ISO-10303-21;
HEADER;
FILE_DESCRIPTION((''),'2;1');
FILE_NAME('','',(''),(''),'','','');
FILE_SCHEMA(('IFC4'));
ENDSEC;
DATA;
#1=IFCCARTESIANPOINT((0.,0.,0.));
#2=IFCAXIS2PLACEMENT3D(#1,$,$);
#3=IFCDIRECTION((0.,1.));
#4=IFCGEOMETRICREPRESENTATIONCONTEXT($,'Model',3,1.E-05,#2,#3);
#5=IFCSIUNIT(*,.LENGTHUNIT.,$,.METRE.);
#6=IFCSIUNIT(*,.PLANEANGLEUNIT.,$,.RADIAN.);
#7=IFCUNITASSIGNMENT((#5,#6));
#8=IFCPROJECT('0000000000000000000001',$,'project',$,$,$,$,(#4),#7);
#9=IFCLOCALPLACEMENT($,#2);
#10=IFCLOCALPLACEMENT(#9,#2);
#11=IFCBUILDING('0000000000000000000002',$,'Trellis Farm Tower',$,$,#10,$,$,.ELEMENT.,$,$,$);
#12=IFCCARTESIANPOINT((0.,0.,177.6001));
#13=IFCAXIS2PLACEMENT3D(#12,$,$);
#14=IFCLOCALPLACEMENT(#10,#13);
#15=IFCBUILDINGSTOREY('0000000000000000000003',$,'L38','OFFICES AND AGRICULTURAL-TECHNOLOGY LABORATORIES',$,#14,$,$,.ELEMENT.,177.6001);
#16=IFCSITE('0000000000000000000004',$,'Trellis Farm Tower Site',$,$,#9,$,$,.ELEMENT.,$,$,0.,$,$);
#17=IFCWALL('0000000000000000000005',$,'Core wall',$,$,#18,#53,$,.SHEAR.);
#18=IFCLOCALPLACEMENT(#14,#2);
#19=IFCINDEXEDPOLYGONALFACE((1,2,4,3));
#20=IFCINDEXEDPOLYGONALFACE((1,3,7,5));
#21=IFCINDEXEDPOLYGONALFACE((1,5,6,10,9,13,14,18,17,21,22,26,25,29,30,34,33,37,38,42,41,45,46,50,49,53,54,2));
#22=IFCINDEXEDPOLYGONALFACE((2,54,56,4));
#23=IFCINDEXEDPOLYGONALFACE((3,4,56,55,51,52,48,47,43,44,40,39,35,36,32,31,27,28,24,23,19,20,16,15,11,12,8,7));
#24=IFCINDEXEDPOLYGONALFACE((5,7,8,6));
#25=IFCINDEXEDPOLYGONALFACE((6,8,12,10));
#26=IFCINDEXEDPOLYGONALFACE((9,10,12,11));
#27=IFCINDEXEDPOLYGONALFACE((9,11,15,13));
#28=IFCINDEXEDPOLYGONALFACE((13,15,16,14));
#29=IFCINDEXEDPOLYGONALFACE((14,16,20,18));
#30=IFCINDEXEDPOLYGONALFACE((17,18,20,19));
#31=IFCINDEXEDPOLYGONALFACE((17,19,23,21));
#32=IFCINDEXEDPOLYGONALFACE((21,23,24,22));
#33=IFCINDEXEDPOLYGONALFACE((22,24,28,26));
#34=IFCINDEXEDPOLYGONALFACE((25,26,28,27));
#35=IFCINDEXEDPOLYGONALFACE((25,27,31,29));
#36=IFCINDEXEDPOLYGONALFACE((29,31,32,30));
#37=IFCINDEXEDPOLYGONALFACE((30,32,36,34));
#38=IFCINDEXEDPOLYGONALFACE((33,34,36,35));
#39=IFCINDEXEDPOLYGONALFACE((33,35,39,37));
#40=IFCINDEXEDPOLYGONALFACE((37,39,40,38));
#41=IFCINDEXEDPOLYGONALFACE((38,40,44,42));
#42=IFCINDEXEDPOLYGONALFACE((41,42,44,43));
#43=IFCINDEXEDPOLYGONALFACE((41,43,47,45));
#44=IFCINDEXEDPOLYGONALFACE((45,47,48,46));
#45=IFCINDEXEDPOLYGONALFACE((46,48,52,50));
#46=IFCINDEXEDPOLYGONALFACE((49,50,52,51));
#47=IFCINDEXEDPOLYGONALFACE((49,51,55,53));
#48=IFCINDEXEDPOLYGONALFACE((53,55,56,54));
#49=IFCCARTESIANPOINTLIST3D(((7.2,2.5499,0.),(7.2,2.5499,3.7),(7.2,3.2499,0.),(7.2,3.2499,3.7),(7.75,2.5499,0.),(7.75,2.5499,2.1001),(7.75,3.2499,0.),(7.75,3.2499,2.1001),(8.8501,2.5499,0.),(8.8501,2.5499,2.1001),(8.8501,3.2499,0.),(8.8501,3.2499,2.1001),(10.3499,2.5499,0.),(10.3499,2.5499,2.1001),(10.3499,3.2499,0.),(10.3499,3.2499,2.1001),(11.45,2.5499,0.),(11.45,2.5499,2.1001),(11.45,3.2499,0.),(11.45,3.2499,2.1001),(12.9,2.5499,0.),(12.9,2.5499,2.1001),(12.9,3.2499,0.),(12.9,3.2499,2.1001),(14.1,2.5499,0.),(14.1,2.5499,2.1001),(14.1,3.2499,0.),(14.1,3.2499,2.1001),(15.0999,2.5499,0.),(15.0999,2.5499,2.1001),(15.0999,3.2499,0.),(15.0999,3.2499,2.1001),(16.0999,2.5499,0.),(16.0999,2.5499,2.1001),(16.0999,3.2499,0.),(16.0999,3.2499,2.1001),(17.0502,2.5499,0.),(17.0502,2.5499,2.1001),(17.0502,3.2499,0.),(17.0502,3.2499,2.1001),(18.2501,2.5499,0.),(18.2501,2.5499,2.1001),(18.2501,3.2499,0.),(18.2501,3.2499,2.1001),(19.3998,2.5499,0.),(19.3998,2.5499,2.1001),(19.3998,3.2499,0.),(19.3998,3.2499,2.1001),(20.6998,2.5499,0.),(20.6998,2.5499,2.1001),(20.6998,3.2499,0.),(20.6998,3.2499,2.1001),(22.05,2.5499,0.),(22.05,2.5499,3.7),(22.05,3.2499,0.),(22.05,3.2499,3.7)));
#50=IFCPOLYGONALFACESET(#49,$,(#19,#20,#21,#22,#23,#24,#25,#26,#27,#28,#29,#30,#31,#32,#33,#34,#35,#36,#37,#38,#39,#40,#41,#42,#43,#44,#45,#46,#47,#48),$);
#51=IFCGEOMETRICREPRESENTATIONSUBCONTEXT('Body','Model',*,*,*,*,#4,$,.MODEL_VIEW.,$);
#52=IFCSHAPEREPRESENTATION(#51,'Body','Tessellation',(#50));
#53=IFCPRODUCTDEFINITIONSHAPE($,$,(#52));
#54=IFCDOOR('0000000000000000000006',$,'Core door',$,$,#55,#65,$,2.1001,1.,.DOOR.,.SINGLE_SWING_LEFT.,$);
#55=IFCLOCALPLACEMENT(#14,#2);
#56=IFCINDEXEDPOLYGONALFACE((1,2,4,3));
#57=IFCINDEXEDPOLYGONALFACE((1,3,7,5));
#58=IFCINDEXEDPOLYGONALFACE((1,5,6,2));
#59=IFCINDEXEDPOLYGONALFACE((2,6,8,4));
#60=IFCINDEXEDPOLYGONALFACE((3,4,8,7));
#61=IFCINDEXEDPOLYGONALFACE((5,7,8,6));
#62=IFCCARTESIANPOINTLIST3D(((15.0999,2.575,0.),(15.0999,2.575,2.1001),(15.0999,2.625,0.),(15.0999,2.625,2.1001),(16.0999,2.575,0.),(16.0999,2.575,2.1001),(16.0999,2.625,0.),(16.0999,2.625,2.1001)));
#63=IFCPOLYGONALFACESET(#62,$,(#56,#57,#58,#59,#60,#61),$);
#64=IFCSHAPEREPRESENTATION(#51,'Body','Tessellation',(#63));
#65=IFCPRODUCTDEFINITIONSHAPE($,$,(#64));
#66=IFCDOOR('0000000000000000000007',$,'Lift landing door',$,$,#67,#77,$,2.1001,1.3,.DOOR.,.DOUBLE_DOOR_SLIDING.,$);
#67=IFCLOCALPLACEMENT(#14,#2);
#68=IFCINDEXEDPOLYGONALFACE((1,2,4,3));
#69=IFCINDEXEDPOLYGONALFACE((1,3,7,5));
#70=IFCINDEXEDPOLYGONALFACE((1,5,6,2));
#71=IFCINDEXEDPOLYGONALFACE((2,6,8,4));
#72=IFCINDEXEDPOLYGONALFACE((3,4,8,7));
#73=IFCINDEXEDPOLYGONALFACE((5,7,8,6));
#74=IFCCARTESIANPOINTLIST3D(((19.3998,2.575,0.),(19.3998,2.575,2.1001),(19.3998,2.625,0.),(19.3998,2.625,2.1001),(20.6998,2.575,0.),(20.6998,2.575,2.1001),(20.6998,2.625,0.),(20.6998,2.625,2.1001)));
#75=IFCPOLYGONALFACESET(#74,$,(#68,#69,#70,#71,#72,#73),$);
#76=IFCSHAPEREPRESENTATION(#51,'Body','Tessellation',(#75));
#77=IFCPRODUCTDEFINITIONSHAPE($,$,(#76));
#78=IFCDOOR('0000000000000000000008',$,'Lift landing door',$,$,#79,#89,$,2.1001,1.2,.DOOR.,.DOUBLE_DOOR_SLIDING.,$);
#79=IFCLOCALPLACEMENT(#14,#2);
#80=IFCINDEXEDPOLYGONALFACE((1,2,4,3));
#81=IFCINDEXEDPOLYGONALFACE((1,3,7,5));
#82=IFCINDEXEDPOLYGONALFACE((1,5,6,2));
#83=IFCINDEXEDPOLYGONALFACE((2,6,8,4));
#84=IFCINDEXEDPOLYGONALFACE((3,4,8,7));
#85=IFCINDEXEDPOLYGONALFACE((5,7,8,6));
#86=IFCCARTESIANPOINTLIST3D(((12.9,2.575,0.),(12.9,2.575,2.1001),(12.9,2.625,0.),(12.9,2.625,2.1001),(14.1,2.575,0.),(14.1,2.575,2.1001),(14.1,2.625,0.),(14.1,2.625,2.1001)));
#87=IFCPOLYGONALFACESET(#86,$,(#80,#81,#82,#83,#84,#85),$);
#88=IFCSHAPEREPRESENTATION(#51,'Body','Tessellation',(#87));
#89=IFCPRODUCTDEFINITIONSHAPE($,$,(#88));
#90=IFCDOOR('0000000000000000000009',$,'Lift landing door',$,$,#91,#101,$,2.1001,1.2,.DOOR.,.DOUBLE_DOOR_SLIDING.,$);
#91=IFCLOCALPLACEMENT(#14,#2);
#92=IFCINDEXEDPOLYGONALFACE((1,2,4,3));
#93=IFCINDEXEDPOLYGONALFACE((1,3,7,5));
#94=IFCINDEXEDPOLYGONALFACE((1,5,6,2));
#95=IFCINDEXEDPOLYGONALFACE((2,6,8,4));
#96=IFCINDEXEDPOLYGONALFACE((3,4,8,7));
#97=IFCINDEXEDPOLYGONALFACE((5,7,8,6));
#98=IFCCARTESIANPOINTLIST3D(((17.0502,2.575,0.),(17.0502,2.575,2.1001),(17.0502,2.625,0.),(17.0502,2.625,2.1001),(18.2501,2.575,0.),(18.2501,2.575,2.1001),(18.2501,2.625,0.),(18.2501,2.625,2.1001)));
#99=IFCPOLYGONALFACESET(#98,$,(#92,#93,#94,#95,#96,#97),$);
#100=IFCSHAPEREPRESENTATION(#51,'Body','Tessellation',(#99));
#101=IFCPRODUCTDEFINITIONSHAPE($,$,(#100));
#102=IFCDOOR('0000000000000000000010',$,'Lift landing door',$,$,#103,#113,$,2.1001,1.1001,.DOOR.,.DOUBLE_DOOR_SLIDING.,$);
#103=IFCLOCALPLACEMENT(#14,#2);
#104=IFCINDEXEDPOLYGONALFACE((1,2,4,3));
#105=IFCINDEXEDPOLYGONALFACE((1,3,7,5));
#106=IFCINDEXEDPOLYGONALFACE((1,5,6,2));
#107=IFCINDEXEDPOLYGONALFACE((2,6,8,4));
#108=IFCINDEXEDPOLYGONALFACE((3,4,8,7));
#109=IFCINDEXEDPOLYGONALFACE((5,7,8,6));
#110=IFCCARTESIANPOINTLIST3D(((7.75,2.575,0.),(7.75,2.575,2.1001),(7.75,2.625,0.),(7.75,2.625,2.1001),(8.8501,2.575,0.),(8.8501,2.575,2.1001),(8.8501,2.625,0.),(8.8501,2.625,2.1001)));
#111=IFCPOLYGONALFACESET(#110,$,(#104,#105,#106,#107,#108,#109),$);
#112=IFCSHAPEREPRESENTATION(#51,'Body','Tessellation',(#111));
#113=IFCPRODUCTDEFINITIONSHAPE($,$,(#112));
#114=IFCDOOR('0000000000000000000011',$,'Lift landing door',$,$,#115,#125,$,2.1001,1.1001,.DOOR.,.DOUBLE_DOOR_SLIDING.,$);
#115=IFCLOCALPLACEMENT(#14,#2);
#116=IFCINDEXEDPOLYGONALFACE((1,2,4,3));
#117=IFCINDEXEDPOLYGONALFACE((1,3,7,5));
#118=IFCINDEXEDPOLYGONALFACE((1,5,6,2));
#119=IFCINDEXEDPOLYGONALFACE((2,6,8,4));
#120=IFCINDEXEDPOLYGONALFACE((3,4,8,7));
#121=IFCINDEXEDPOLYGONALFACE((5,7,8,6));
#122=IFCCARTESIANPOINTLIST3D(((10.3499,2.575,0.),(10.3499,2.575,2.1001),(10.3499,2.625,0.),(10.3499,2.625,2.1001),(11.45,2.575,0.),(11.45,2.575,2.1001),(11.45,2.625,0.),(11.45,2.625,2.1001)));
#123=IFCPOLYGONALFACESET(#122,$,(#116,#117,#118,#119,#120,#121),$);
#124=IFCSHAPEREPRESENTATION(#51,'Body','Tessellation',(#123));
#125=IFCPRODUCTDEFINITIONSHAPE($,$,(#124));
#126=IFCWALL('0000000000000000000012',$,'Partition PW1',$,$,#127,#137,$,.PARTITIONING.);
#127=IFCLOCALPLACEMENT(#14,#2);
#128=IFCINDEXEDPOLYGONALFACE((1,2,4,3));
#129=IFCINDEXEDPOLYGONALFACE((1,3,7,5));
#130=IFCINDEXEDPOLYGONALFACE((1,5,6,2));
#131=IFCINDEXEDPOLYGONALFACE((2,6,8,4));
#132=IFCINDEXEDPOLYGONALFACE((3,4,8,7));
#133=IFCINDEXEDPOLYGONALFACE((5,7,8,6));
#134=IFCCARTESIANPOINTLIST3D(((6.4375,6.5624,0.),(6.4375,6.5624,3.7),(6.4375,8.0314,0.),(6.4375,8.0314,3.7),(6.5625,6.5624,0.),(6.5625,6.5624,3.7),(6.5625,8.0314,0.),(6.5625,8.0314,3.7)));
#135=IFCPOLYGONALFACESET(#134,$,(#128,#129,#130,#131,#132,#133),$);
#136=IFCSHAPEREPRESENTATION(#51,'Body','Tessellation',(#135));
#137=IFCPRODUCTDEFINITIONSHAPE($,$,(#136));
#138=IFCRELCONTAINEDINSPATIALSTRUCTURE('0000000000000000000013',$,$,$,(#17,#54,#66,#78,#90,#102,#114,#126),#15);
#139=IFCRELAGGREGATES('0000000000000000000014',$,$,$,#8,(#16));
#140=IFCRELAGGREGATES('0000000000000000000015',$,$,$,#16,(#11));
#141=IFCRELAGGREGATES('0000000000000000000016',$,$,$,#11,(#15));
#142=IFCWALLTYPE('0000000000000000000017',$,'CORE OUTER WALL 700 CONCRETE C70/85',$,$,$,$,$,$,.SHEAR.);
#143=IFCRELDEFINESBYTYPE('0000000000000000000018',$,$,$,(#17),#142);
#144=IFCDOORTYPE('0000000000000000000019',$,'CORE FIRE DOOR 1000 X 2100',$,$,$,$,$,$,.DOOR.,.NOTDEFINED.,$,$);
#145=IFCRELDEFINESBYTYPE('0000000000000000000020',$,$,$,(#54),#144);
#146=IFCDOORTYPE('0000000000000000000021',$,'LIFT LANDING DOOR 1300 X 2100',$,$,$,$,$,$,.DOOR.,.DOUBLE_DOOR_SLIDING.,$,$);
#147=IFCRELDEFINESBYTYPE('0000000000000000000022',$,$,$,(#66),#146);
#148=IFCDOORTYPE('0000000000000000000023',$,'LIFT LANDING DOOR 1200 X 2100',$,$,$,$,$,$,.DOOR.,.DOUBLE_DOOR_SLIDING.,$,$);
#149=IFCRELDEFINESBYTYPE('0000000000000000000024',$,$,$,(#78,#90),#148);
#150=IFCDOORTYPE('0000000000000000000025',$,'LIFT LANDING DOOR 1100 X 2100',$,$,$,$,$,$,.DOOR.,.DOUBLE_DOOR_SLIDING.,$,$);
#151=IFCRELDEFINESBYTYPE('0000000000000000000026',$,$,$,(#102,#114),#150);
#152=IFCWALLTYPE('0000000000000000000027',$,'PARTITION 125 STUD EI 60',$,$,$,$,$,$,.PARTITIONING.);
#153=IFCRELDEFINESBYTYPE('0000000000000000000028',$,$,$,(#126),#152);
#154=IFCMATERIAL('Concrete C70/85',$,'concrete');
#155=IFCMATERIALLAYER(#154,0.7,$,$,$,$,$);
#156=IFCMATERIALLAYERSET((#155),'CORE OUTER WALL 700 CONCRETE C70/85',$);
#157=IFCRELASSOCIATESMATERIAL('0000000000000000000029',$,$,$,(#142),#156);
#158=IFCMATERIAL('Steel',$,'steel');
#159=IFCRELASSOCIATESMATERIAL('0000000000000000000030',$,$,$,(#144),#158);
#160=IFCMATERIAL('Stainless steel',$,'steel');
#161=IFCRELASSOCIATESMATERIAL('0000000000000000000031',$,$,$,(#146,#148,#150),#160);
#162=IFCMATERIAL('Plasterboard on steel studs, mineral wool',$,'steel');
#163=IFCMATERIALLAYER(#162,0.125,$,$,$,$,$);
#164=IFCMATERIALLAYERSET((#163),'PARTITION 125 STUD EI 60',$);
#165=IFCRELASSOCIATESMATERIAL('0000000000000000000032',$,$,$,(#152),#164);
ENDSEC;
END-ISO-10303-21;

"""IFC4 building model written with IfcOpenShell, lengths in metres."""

from ifc_helpers import new_model, si_unit, direction, frame, frame_2d, origin, place, context, subcontext, project, spatial, rectangle, extrude, source, transform, mapped, material, layer, layer_set, type_object, element, fill, save


model = new_model("IFC4")

# Units and contexts
model_context = context("Model", 3, precision=1e-05, world=origin(), true_north=direction((0.0, 1.0)))
body_context = subcontext(model_context, "Body", "Model", "MODEL_VIEW")
ifc_project = project(units=[si_unit("LENGTHUNIT", "METRE"), si_unit("PLANEANGLEUNIT", "RADIAN")], contexts=[model_context])

# Site, building, storey
site_placement = place(None, origin())
site = spatial("IfcSite", under=ifc_project, at=site_placement, Name="Trellis Farm Tower Site", CompositionType="ELEMENT", RefElevation=0.0)
building_placement = place(site_placement, origin())
building = spatial("IfcBuilding", under=site, at=building_placement, Name="Trellis Farm Tower", CompositionType="ELEMENT")
storey_placement = place(building_placement, frame((0.0, 0.0, 177.6001)))
storey = spatial("IfcBuildingStorey", under=building, at=storey_placement, Name="L38", Description="OFFICES AND AGRICULTURAL-TECHNOLOGY LABORATORIES", CompositionType="ELEMENT", Elevation=177.6001)

# Shared definitions
ifc_material_1 = material(Name="Concrete C70/85", Category="concrete")

# Wall, openings, doors
ifc_layer_1 = layer(ifc_material_1, 0.7)
ifc_layer_set_1 = layer_set([ifc_layer_1], Name="CORE OUTER WALL 700 CONCRETE C70/85")
wall_type_1 = type_object("IfcWallType", Name="CORE OUTER WALL 700 CONCRETE C70/85", PredefinedType="SHEAR", material=ifc_layer_set_1)
shared_shape_1 = source(origin(), body_context, "Body", "SweptSolid", [
    extrude(rectangle(XDim=14.8501, YDim=0.7, at=frame_2d((7.425, 0.0))), origin(), (0.0, 0.0, 1.0), 3.7),
])
wall_1_placement = place(storey_placement, frame((7.2, 2.8999, 0.0), z_axis=(0.0, 0.0, 1.0), x_axis=(1.0, 0.0, 0.0)))
wall_1 = element("IfcWall", 1, at=wall_1_placement, inside=storey, type_object=wall_type_1, Name="Core wall", PredefinedType="SHEAR", context=body_context, shape_type="MappedRepresentation", body=[
    mapped(shared_shape_1, transform((0.0, 0.0, 0.0))),
])
shared_shape_2 = source(origin(), body_context, "Body", "SweptSolid", [
    extrude(rectangle(XDim=1.1001, YDim=2.1001, at=frame_2d((0.55, 1.05))), frame((0.0, 0.3601, 0.0), z_axis=(0.0, -1.0, 0.0), x_axis=(1.0, 0.0, 0.0)), (0.0, 0.0, 1.0), 0.7202),
])
opening_1_placement = place(wall_1_placement, frame((0.55, 0.0, 0.0)))
opening_1 = element("IfcOpeningElement", 2, at=opening_1_placement, cuts=wall_1, PredefinedType="OPENING", context=body_context, shape_type="MappedRepresentation", body=[
    mapped(shared_shape_2, transform((0.0, 0.0, 0.0))),
])
opening_2_placement = place(wall_1_placement, frame((3.1499, 0.0, 0.0)))
opening_2 = element("IfcOpeningElement", 3, at=opening_2_placement, cuts=wall_1, PredefinedType="OPENING", context=body_context, shape_type="MappedRepresentation", body=[
    mapped(shared_shape_2, transform((0.0, 0.0, 0.0))),
])
shared_shape_3 = source(origin(), body_context, "Body", "SweptSolid", [
    extrude(rectangle(XDim=1.2, YDim=2.1001, at=frame_2d((0.6001, 1.05))), frame((0.0, 0.3601, 0.0), z_axis=(0.0, -1.0, 0.0), x_axis=(1.0, 0.0, 0.0)), (0.0, 0.0, 1.0), 0.7202),
])
opening_3_placement = place(wall_1_placement, frame((5.7, 0.0, 0.0)))
opening_3 = element("IfcOpeningElement", 4, at=opening_3_placement, cuts=wall_1, PredefinedType="OPENING", context=body_context, shape_type="MappedRepresentation", body=[
    mapped(shared_shape_3, transform((0.0, 0.0, 0.0))),
])
shared_shape_4 = source(origin(), body_context, "Body", "SweptSolid", [
    extrude(rectangle(XDim=1.3, YDim=2.1001, at=frame_2d((0.6499, 1.05))), frame((0.0, 0.3601, 0.0), z_axis=(0.0, -1.0, 0.0), x_axis=(1.0, 0.0, 0.0)), (0.0, 0.0, 1.0), 0.7202),
])
opening_4_placement = place(wall_1_placement, frame((12.2, 0.0, 0.0)))
opening_4 = element("IfcOpeningElement", 5, at=opening_4_placement, cuts=wall_1, PredefinedType="OPENING", context=body_context, shape_type="MappedRepresentation", body=[
    mapped(shared_shape_4, transform((0.0, 0.0, 0.0))),
])
opening_5_placement = place(wall_1_placement, frame((9.8501, 0.0, 0.0)))
opening_5 = element("IfcOpeningElement", 6, at=opening_5_placement, cuts=wall_1, PredefinedType="OPENING", context=body_context, shape_type="MappedRepresentation", body=[
    mapped(shared_shape_3, transform((0.0, 0.0, 0.0))),
])
shared_shape_5 = source(origin(), body_context, "Body", "SweptSolid", [
    extrude(rectangle(XDim=1.0, YDim=2.1001, at=frame_2d((0.5, 1.05))), frame((0.0, 0.3601, 0.0), z_axis=(0.0, -1.0, 0.0), x_axis=(1.0, 0.0, 0.0)), (0.0, 0.0, 1.0), 0.7202),
])
opening_6_placement = place(wall_1_placement, frame((7.8999, 0.0, 0.0)))
opening_6 = element("IfcOpeningElement", 7, at=opening_6_placement, cuts=wall_1, PredefinedType="OPENING", context=body_context, shape_type="MappedRepresentation", body=[
    mapped(shared_shape_5, transform((0.0, 0.0, 0.0))),
])
ifc_material_2 = material(Name="Steel", Category="steel")
door_type_1 = type_object("IfcDoorType", Name="CORE FIRE DOOR 1000 X 2100", OperationType="NOTDEFINED", PredefinedType="DOOR", material=ifc_material_2)
shared_shape_6 = source(origin(), body_context, "Body", "SweptSolid", [
    extrude(rectangle(XDim=1.0, YDim=2.1001, at=frame_2d((0.5, 1.05))), frame((0.0, -0.2749, 0.0), z_axis=(0.0, -1.0, 0.0), x_axis=(1.0, 0.0, 0.0)), (0.0, 0.0, 1.0), 0.05),
])
door_1_placement = place(opening_6_placement, origin())
door_1 = element("IfcDoor", 8, at=door_1_placement, inside=storey, type_object=door_type_1, Name="Core door", OperationType="SINGLE_SWING_LEFT", OverallHeight=2.1001, OverallWidth=1.0, PredefinedType="DOOR", context=body_context, shape_type="MappedRepresentation", body=[
    mapped(shared_shape_6, transform((0.0, 0.0, 0.0))),
])
fill(opening_6, door_1)
ifc_material_3 = material(Name="Stainless steel", Category="steel")
door_type_2 = type_object("IfcDoorType", Name="LIFT LANDING DOOR 1300 X 2100", OperationType="DOUBLE_DOOR_SLIDING", PredefinedType="DOOR", material=ifc_material_3)
shared_shape_7 = source(origin(), body_context, "Body", "SweptSolid", [
    extrude(rectangle(XDim=1.3, YDim=2.1001, at=frame_2d((0.6499, 1.05))), frame((0.0, -0.2749, 0.0), z_axis=(0.0, -1.0, 0.0), x_axis=(1.0, 0.0, 0.0)), (0.0, 0.0, 1.0), 0.05),
])
door_2_placement = place(opening_4_placement, origin())
door_2 = element("IfcDoor", 9, at=door_2_placement, inside=storey, type_object=door_type_2, Name="Lift landing door", OperationType="DOUBLE_DOOR_SLIDING", OverallHeight=2.1001, OverallWidth=1.3, PredefinedType="DOOR", context=body_context, shape_type="MappedRepresentation", body=[
    mapped(shared_shape_7, transform((0.0, 0.0, 0.0))),
])
fill(opening_4, door_2)
door_type_3 = type_object("IfcDoorType", Name="LIFT LANDING DOOR 1200 X 2100", OperationType="DOUBLE_DOOR_SLIDING", PredefinedType="DOOR", material=ifc_material_3)
shared_shape_8 = source(origin(), body_context, "Body", "SweptSolid", [
    extrude(rectangle(XDim=1.2, YDim=2.1001, at=frame_2d((0.6001, 1.05))), frame((0.0, -0.2749, 0.0), z_axis=(0.0, -1.0, 0.0), x_axis=(1.0, 0.0, 0.0)), (0.0, 0.0, 1.0), 0.05),
])
door_3_placement = place(opening_3_placement, origin())
door_3 = element("IfcDoor", 10, at=door_3_placement, inside=storey, type_object=door_type_3, Name="Lift landing door", OperationType="DOUBLE_DOOR_SLIDING", OverallHeight=2.1001, OverallWidth=1.2, PredefinedType="DOOR", context=body_context, shape_type="MappedRepresentation", body=[
    mapped(shared_shape_8, transform((0.0, 0.0, 0.0))),
])
fill(opening_3, door_3)
door_4_placement = place(opening_5_placement, origin())
door_4 = element("IfcDoor", 11, at=door_4_placement, inside=storey, type_object=door_type_3, Name="Lift landing door", OperationType="DOUBLE_DOOR_SLIDING", OverallHeight=2.1001, OverallWidth=1.2, PredefinedType="DOOR", context=body_context, shape_type="MappedRepresentation", body=[
    mapped(shared_shape_8, transform((0.0, 0.0, 0.0))),
])
fill(opening_5, door_4)
door_type_4 = type_object("IfcDoorType", Name="LIFT LANDING DOOR 1100 X 2100", OperationType="DOUBLE_DOOR_SLIDING", PredefinedType="DOOR", material=ifc_material_3)
shared_shape_9 = source(origin(), body_context, "Body", "SweptSolid", [
    extrude(rectangle(XDim=1.1001, YDim=2.1001, at=frame_2d((0.55, 1.05))), frame((0.0, -0.2749, 0.0), z_axis=(0.0, -1.0, 0.0), x_axis=(1.0, 0.0, 0.0)), (0.0, 0.0, 1.0), 0.05),
])
door_5_placement = place(opening_1_placement, origin())
door_5 = element("IfcDoor", 12, at=door_5_placement, inside=storey, type_object=door_type_4, Name="Lift landing door", OperationType="DOUBLE_DOOR_SLIDING", OverallHeight=2.1001, OverallWidth=1.1001, PredefinedType="DOOR", context=body_context, shape_type="MappedRepresentation", body=[
    mapped(shared_shape_9, transform((0.0, 0.0, 0.0))),
])
fill(opening_1, door_5)
door_6_placement = place(opening_2_placement, origin())
door_6 = element("IfcDoor", 13, at=door_6_placement, inside=storey, type_object=door_type_4, Name="Lift landing door", OperationType="DOUBLE_DOOR_SLIDING", OverallHeight=2.1001, OverallWidth=1.1001, PredefinedType="DOOR", context=body_context, shape_type="MappedRepresentation", body=[
    mapped(shared_shape_9, transform((0.0, 0.0, 0.0))),
])
fill(opening_2, door_6)

# Wall
ifc_material_4 = material(Name="Plasterboard on steel studs, mineral wool", Category="steel")
ifc_layer_2 = layer(ifc_material_4, 0.125)
ifc_layer_set_2 = layer_set([ifc_layer_2], Name="PARTITION 125 STUD EI 60")
wall_type_2 = type_object("IfcWallType", Name="PARTITION 125 STUD EI 60", PredefinedType="PARTITIONING", material=ifc_layer_set_2)
shared_shape_10 = source(origin(), body_context, "Body", "SweptSolid", [
    extrude(rectangle(XDim=1.469, YDim=0.125, at=frame_2d((0.7344, 0.0))), origin(), (0.0, 0.0, 1.0), 3.7),
])
wall_2_placement = place(storey_placement, frame((6.5, 6.5625, 0.0), z_axis=(0.0, 0.0, 1.0), x_axis=(0.0, 1.0, 0.0)))
element("IfcWall", 14, at=wall_2_placement, inside=storey, type_object=wall_type_2, Name="Partition PW1", PredefinedType="PARTITIONING", context=body_context, shape_type="MappedRepresentation", body=[
    mapped(shared_shape_10, transform((0.0, 0.0, 0.0))),
])

save(model, "model.ifc")
